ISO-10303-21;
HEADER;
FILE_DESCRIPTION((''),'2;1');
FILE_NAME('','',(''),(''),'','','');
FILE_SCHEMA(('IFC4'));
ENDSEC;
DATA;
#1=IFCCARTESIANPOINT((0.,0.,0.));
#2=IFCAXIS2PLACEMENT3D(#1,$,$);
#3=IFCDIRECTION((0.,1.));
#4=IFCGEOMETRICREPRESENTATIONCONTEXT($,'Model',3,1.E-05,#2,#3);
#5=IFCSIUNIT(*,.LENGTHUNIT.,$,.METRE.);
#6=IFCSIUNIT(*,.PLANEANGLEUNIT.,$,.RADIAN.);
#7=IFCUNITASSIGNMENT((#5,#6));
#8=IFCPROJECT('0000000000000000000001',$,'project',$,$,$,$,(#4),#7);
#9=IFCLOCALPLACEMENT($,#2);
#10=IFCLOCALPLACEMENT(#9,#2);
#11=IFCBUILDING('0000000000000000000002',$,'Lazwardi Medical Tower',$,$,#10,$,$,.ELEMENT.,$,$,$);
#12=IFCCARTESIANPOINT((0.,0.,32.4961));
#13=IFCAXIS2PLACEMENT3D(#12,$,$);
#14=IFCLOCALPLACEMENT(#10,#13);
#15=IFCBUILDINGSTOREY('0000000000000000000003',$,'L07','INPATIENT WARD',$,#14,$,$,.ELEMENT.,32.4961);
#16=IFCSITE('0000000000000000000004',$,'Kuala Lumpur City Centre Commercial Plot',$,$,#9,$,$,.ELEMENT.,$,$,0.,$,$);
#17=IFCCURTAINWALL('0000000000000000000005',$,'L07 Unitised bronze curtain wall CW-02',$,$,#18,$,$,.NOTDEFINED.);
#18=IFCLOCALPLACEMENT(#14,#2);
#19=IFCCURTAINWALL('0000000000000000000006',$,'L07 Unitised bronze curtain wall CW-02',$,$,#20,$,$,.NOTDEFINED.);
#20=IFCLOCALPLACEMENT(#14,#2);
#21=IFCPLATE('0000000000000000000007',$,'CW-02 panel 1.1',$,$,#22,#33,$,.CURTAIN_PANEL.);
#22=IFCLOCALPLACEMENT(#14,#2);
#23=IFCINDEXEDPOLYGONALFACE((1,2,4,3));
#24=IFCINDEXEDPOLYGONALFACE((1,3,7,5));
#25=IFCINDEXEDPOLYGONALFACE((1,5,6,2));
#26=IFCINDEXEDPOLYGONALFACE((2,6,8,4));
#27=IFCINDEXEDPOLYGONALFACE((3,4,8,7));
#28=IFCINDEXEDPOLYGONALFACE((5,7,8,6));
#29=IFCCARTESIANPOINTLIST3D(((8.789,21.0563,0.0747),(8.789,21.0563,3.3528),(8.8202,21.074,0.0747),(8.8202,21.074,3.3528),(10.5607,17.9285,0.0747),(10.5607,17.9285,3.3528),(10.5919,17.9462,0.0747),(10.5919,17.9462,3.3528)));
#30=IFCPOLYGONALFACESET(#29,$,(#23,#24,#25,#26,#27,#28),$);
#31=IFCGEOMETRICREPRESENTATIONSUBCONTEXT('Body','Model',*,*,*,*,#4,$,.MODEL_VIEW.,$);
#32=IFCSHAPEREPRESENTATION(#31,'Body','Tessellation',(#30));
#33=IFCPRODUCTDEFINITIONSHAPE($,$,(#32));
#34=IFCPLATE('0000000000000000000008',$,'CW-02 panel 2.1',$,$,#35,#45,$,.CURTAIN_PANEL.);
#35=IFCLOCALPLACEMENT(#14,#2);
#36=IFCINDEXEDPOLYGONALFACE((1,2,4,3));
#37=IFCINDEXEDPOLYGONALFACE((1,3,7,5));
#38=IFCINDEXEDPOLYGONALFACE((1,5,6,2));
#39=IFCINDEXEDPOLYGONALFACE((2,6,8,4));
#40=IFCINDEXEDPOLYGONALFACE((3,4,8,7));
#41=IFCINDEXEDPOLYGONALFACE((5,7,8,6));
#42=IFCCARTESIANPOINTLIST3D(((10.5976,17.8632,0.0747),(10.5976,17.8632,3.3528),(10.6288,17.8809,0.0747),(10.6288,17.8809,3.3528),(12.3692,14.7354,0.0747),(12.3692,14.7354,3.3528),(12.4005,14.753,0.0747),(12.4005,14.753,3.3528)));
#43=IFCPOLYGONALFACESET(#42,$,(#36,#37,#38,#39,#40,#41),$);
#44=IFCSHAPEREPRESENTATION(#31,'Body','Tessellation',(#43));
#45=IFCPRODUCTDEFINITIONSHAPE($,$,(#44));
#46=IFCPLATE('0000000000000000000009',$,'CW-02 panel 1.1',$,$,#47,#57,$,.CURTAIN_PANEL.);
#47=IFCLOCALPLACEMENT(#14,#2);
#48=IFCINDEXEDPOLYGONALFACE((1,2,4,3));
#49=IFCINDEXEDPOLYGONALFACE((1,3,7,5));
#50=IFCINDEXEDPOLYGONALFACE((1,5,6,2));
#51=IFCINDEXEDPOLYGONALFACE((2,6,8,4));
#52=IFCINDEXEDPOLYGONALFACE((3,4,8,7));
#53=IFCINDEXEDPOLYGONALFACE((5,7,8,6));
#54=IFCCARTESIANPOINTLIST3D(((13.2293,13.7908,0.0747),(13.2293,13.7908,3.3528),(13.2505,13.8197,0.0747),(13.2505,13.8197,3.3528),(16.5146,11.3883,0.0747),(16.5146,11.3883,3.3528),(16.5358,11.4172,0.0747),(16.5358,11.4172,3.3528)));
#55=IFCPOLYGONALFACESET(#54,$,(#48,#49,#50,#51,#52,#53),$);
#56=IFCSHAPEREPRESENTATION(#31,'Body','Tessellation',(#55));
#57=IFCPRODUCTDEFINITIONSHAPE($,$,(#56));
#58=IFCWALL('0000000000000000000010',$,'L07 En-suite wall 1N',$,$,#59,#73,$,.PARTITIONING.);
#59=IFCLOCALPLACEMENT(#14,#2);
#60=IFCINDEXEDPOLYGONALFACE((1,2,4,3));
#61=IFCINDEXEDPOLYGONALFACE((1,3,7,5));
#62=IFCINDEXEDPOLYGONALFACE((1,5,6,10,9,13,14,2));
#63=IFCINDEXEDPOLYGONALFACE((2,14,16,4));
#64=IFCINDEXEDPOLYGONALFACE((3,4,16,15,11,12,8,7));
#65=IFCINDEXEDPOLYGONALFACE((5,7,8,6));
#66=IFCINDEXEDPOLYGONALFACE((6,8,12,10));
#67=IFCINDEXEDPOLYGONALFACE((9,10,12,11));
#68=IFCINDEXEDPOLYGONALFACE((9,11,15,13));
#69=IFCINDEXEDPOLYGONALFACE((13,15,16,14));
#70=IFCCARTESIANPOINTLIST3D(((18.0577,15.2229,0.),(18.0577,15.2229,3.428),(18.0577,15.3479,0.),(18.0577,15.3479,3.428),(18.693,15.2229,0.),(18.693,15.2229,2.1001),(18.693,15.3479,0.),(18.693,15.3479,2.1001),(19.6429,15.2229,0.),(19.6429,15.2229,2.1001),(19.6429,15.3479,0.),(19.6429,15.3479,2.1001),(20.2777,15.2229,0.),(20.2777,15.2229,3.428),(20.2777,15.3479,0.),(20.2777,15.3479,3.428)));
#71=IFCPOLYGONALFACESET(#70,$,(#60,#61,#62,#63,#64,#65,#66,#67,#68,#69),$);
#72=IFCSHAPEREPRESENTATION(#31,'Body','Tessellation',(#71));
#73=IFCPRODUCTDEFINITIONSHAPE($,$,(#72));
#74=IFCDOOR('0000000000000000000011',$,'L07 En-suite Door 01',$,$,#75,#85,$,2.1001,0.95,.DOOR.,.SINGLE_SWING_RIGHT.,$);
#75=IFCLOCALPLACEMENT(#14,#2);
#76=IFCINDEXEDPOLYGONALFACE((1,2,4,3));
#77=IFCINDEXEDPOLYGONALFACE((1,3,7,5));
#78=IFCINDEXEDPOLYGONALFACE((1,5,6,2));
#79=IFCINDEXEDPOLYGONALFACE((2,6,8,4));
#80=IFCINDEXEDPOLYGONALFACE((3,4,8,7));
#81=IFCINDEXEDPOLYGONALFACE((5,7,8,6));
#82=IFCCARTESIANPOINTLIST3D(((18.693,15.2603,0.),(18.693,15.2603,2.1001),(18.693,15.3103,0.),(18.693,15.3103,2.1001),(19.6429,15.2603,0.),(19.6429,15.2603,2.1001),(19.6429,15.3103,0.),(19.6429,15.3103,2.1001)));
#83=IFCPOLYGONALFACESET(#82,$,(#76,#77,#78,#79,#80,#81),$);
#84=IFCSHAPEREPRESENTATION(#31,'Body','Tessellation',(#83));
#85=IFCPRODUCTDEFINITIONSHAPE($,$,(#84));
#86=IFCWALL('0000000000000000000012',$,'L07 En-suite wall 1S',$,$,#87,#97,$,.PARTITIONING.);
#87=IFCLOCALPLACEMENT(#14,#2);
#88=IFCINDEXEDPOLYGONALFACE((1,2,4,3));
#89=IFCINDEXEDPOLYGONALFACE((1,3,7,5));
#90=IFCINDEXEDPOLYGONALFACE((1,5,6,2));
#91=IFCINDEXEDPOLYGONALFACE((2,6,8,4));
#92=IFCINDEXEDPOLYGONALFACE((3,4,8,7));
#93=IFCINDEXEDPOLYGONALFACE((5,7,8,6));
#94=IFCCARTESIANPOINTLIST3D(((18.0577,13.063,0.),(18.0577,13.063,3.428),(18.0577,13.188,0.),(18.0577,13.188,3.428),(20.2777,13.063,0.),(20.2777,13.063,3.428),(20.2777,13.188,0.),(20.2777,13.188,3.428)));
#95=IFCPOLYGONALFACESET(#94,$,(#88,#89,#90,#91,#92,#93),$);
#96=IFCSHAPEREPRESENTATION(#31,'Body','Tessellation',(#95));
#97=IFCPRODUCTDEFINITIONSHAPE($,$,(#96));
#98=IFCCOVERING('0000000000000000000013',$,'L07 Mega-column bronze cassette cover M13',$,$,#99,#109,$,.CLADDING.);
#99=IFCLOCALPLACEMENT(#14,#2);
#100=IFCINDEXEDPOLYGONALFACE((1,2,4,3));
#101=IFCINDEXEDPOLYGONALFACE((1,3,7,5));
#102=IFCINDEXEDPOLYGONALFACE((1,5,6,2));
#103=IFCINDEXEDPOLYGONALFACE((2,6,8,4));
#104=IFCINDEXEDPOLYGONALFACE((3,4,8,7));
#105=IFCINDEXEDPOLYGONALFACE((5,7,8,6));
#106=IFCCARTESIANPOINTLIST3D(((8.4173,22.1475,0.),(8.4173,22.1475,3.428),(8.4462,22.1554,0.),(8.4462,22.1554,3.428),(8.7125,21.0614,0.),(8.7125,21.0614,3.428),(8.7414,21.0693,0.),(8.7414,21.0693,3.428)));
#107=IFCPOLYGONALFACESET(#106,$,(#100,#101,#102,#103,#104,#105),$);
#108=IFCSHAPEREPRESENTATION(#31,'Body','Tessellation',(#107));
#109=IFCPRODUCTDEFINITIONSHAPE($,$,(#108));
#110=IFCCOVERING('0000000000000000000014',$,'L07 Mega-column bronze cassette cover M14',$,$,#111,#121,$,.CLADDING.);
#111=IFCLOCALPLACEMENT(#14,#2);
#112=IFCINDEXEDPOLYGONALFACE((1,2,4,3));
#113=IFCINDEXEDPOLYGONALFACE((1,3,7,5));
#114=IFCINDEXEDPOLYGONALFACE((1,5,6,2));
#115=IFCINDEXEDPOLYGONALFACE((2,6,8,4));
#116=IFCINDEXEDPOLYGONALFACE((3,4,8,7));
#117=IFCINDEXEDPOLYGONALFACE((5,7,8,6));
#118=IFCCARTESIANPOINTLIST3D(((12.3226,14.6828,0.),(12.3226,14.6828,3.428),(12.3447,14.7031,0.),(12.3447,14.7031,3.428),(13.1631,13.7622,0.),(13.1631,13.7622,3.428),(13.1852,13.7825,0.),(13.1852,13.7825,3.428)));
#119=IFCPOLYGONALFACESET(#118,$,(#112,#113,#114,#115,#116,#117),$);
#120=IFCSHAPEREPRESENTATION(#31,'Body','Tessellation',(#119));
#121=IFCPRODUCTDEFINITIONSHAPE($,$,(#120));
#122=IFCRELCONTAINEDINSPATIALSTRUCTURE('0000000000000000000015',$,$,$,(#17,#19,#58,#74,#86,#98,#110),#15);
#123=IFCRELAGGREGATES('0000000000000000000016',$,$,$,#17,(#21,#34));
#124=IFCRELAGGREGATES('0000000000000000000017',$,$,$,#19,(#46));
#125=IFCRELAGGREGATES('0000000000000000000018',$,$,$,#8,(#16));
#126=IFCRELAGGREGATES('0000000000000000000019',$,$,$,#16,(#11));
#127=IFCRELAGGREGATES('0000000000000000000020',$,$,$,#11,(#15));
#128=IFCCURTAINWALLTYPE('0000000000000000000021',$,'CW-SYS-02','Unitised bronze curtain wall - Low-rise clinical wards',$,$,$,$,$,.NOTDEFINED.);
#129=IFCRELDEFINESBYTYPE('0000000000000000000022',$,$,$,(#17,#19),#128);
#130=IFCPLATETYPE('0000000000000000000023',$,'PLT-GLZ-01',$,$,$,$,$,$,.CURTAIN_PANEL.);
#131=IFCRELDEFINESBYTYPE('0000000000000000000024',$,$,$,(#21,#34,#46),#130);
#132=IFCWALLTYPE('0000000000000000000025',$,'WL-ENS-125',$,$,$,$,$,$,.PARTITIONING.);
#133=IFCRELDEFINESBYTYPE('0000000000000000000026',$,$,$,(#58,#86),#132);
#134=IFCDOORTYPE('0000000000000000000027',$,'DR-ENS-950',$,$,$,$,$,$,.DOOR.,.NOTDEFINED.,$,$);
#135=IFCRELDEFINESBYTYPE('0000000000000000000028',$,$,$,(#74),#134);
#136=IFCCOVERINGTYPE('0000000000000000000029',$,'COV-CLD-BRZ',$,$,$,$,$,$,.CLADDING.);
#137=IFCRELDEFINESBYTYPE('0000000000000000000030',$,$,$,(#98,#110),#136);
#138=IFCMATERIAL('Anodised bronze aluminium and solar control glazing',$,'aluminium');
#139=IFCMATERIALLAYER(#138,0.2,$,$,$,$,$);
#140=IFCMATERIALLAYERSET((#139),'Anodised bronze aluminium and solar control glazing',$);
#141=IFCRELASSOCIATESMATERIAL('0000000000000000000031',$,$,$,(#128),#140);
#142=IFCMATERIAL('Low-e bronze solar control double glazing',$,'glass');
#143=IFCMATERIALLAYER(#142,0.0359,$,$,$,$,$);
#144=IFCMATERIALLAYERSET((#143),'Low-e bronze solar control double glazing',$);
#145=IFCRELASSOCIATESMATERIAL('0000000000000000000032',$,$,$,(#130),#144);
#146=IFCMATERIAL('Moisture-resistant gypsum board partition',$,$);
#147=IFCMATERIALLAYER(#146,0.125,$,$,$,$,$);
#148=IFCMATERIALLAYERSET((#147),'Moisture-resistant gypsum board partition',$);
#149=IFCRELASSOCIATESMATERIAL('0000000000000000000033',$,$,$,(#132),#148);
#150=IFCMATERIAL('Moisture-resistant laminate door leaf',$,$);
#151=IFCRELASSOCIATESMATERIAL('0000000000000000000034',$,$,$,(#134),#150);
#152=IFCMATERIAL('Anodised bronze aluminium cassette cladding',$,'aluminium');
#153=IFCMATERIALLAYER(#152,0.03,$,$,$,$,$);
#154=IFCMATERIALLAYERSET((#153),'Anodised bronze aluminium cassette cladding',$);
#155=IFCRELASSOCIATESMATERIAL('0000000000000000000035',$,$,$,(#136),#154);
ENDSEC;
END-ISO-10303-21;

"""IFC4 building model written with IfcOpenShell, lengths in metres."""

from ifc_helpers import new_model, si_unit, direction, frame, frame_2d, origin, origin_2d, place, context, subcontext, project, spatial, rectangle, extrude, material, layer, layer_set, type_object, element, fill, aggregate, save


model = new_model("IFC4")

# Units and contexts
model_context = context("Model", 3, precision=1e-05, world=origin(), true_north=direction((0.0, 1.0)))
body_context = subcontext(model_context, "Body", "Model", "MODEL_VIEW")
ifc_project = project(units=[si_unit("LENGTHUNIT", "METRE"), si_unit("PLANEANGLEUNIT", "RADIAN")], contexts=[model_context])

# Site, building, storey
site_placement = place(None, origin())
site = spatial("IfcSite", under=ifc_project, at=site_placement, Name="Kuala Lumpur City Centre Commercial Plot", CompositionType="ELEMENT", RefElevation=0.0)
building_placement = place(site_placement, origin())
building = spatial("IfcBuilding", under=site, at=building_placement, Name="Lazwardi Medical Tower", CompositionType="ELEMENT")
storey_placement = place(building_placement, frame((0.0, 0.0, 32.4961)))
storey = spatial("IfcBuildingStorey", under=building, at=storey_placement, Name="L07", Description="INPATIENT WARD", CompositionType="ELEMENT", Elevation=32.4961)

# Curtain walls
ifc_material_1 = material(Name="Anodised bronze aluminium and solar control glazing", Category="aluminium")
ifc_layer_1 = layer(ifc_material_1, 0.2)
ifc_layer_set_1 = layer_set([ifc_layer_1], Name="Anodised bronze aluminium and solar control glazing")
curtain_wall_type = type_object("IfcCurtainWallType", Name="CW-SYS-02", Description="Unitised bronze curtain wall - Low-rise clinical wards", PredefinedType="NOTDEFINED", material=ifc_layer_set_1)
curtain_wall_1_placement = place(storey_placement, origin())
curtain_wall_1 = element("IfcCurtainWall", 1, at=curtain_wall_1_placement, inside=storey, type_object=curtain_wall_type, Name="L07 Unitised bronze curtain wall CW-02", PredefinedType="NOTDEFINED")
curtain_wall_2_placement = place(storey_placement, origin())
curtain_wall_2 = element("IfcCurtainWall", 2, at=curtain_wall_2_placement, inside=storey, type_object=curtain_wall_type, Name="L07 Unitised bronze curtain wall CW-02", PredefinedType="NOTDEFINED")

# Plates
ifc_material_2 = material(Name="Low-e bronze solar control double glazing", Category="glass")
ifc_layer_2 = layer(ifc_material_2, 0.0359)
ifc_layer_set_2 = layer_set([ifc_layer_2], Name="Low-e bronze solar control double glazing")
plate_type = type_object("IfcPlateType", Name="PLT-GLZ-01", PredefinedType="CURTAIN_PANEL", material=ifc_layer_set_2)
plate_1_placement = place(storey_placement, frame((9.6904, 19.5012, 0.0747), z_axis=(0.0, 0.0, 1.0), x_axis=(0.492854, -0.870112, 0.0)))
plate_1 = element("IfcPlate", 3, at=plate_1_placement, type_object=plate_type, Name="CW-02 panel 1.1", PredefinedType="CURTAIN_PANEL", context=body_context, shape_type="SweptSolid", body=[
    extrude(rectangle(XDim=3.5947, YDim=0.0359, at=origin_2d()), origin(), (0.0, 0.0, 1.0), 3.2781),
])
plate_2_placement = place(storey_placement, frame((11.499, 16.3081, 0.0747), z_axis=(0.0, 0.0, 1.0), x_axis=(0.492854, -0.870112, 0.0)))
plate_2 = element("IfcPlate", 4, at=plate_2_placement, type_object=plate_type, Name="CW-02 panel 2.1", PredefinedType="CURTAIN_PANEL", context=body_context, shape_type="SweptSolid", body=[
    extrude(rectangle(XDim=3.5947, YDim=0.0359, at=origin_2d()), origin(), (0.0, 0.0, 1.0), 3.2781),
])
aggregate(curtain_wall_1, [plate_1, plate_2])
plate_3_placement = place(storey_placement, frame((14.8826, 12.604, 0.0747), z_axis=(0.0, 0.0, 1.0), x_axis=(0.807192, -0.590289, 0.0)))
plate_3 = element("IfcPlate", 5, at=plate_3_placement, type_object=plate_type, Name="CW-02 panel 1.1", PredefinedType="CURTAIN_PANEL", context=body_context, shape_type="SweptSolid", body=[
    extrude(rectangle(XDim=4.0701, YDim=0.0359, at=origin_2d()), origin(), (0.0, 0.0, 1.0), 3.2781),
])
aggregate(curtain_wall_2, [plate_3])

# Wall, opening, door
ifc_material_3 = material(Name="Moisture-resistant gypsum board partition")
ifc_layer_3 = layer(ifc_material_3, 0.125)
ifc_layer_set_3 = layer_set([ifc_layer_3], Name="Moisture-resistant gypsum board partition")
wall_type = type_object("IfcWallType", Name="WL-ENS-125", PredefinedType="PARTITIONING", material=ifc_layer_set_3)
wall_1_placement = place(storey_placement, frame((18.0579, 15.2854, 0.0), z_axis=(0.0, 0.0, 1.0), x_axis=(1.0, 0.0, 0.0)))
wall_1 = element("IfcWall", 6, at=wall_1_placement, inside=storey, type_object=wall_type, Name="L07 En-suite wall 1N", PredefinedType="PARTITIONING", context=body_context, shape_type="SweptSolid", body=[
    extrude(rectangle(XDim=2.22, YDim=0.125, at=frame_2d((1.1099, 0.0))), origin(), (0.0, 0.0, 1.0), 3.428),
])
opening_placement = place(wall_1_placement, frame((0.635, 0.0, 0.0)))
opening = element("IfcOpeningElement", 7, at=opening_placement, cuts=wall_1, PredefinedType="OPENING", context=body_context, shape_type="SweptSolid", body=[
    extrude(rectangle(XDim=0.95, YDim=2.1001, at=frame_2d((0.4751, 1.05))), frame((0.0, 0.0725, 0.0), z_axis=(0.0, -1.0, 0.0), x_axis=(1.0, 0.0, 0.0)), (0.0, 0.0, 1.0), 0.145),
])
ifc_material_4 = material(Name="Moisture-resistant laminate door leaf")
door_type = type_object("IfcDoorType", Name="DR-ENS-950", OperationType="NOTDEFINED", PredefinedType="DOOR", material=ifc_material_4)
door_placement = place(opening_placement, origin())
door = element("IfcDoor", 8, at=door_placement, inside=storey, type_object=door_type, Name="L07 En-suite Door 01", OperationType="SINGLE_SWING_RIGHT", OverallHeight=2.1001, OverallWidth=0.95, PredefinedType="DOOR", context=body_context, shape_type="SweptSolid", body=[
    extrude(rectangle(XDim=0.95, YDim=2.1001, at=frame_2d((0.4751, 1.05))), frame((0.0, 0.0249, 0.0), z_axis=(0.0, -1.0, 0.0), x_axis=(1.0, 0.0, 0.0)), (0.0, 0.0, 1.0), 0.05),
])
fill(opening, door)

# Wall
wall_2_placement = place(storey_placement, frame((18.0579, 13.1255, 0.0), z_axis=(0.0, 0.0, 1.0), x_axis=(1.0, 0.0, 0.0)))
element("IfcWall", 9, at=wall_2_placement, inside=storey, type_object=wall_type, Name="L07 En-suite wall 1S", PredefinedType="PARTITIONING", context=body_context, shape_type="SweptSolid", body=[
    extrude(rectangle(XDim=2.22, YDim=0.125, at=frame_2d((1.1099, 0.0))), origin(), (0.0, 0.0, 1.0), 3.428),
])

# Coverings
ifc_material_5 = material(Name="Anodised bronze aluminium cassette cladding", Category="aluminium")
ifc_layer_4 = layer(ifc_material_5, 0.03)
ifc_layer_set_4 = layer_set([ifc_layer_4], Name="Anodised bronze aluminium cassette cladding")
covering_type = type_object("IfcCoveringType", Name="COV-CLD-BRZ", PredefinedType="CLADDING", material=ifc_layer_set_4)
covering_1_placement = place(storey_placement, frame((8.5793, 21.6084, 0.0), z_axis=(0.0, 0.0, 1.0), x_axis=(0.262283, -0.964991, 0.0)))
element("IfcCovering", 10, at=covering_1_placement, inside=storey, type_object=covering_type, Name="L07 Mega-column bronze cassette cover M13", PredefinedType="CLADDING", context=body_context, shape_type="SweptSolid", body=[
    extrude(rectangle(XDim=1.1255, YDim=0.03, at=origin_2d()), origin(), (0.0, 0.0, 1.0), 3.428),
])
covering_2_placement = place(storey_placement, frame((12.7539, 14.2327, 0.0), z_axis=(0.0, 0.0, 1.0), x_axis=(0.674252, -0.738501, 0.0)))
element("IfcCovering", 11, at=covering_2_placement, inside=storey, type_object=covering_type, Name="L07 Mega-column bronze cassette cover M14", PredefinedType="CLADDING", context=body_context, shape_type="SweptSolid", body=[
    extrude(rectangle(XDim=1.2466, YDim=0.03, at=origin_2d()), origin(), (0.0, 0.0, 1.0), 3.428),
])

save(model, "model.ifc")
